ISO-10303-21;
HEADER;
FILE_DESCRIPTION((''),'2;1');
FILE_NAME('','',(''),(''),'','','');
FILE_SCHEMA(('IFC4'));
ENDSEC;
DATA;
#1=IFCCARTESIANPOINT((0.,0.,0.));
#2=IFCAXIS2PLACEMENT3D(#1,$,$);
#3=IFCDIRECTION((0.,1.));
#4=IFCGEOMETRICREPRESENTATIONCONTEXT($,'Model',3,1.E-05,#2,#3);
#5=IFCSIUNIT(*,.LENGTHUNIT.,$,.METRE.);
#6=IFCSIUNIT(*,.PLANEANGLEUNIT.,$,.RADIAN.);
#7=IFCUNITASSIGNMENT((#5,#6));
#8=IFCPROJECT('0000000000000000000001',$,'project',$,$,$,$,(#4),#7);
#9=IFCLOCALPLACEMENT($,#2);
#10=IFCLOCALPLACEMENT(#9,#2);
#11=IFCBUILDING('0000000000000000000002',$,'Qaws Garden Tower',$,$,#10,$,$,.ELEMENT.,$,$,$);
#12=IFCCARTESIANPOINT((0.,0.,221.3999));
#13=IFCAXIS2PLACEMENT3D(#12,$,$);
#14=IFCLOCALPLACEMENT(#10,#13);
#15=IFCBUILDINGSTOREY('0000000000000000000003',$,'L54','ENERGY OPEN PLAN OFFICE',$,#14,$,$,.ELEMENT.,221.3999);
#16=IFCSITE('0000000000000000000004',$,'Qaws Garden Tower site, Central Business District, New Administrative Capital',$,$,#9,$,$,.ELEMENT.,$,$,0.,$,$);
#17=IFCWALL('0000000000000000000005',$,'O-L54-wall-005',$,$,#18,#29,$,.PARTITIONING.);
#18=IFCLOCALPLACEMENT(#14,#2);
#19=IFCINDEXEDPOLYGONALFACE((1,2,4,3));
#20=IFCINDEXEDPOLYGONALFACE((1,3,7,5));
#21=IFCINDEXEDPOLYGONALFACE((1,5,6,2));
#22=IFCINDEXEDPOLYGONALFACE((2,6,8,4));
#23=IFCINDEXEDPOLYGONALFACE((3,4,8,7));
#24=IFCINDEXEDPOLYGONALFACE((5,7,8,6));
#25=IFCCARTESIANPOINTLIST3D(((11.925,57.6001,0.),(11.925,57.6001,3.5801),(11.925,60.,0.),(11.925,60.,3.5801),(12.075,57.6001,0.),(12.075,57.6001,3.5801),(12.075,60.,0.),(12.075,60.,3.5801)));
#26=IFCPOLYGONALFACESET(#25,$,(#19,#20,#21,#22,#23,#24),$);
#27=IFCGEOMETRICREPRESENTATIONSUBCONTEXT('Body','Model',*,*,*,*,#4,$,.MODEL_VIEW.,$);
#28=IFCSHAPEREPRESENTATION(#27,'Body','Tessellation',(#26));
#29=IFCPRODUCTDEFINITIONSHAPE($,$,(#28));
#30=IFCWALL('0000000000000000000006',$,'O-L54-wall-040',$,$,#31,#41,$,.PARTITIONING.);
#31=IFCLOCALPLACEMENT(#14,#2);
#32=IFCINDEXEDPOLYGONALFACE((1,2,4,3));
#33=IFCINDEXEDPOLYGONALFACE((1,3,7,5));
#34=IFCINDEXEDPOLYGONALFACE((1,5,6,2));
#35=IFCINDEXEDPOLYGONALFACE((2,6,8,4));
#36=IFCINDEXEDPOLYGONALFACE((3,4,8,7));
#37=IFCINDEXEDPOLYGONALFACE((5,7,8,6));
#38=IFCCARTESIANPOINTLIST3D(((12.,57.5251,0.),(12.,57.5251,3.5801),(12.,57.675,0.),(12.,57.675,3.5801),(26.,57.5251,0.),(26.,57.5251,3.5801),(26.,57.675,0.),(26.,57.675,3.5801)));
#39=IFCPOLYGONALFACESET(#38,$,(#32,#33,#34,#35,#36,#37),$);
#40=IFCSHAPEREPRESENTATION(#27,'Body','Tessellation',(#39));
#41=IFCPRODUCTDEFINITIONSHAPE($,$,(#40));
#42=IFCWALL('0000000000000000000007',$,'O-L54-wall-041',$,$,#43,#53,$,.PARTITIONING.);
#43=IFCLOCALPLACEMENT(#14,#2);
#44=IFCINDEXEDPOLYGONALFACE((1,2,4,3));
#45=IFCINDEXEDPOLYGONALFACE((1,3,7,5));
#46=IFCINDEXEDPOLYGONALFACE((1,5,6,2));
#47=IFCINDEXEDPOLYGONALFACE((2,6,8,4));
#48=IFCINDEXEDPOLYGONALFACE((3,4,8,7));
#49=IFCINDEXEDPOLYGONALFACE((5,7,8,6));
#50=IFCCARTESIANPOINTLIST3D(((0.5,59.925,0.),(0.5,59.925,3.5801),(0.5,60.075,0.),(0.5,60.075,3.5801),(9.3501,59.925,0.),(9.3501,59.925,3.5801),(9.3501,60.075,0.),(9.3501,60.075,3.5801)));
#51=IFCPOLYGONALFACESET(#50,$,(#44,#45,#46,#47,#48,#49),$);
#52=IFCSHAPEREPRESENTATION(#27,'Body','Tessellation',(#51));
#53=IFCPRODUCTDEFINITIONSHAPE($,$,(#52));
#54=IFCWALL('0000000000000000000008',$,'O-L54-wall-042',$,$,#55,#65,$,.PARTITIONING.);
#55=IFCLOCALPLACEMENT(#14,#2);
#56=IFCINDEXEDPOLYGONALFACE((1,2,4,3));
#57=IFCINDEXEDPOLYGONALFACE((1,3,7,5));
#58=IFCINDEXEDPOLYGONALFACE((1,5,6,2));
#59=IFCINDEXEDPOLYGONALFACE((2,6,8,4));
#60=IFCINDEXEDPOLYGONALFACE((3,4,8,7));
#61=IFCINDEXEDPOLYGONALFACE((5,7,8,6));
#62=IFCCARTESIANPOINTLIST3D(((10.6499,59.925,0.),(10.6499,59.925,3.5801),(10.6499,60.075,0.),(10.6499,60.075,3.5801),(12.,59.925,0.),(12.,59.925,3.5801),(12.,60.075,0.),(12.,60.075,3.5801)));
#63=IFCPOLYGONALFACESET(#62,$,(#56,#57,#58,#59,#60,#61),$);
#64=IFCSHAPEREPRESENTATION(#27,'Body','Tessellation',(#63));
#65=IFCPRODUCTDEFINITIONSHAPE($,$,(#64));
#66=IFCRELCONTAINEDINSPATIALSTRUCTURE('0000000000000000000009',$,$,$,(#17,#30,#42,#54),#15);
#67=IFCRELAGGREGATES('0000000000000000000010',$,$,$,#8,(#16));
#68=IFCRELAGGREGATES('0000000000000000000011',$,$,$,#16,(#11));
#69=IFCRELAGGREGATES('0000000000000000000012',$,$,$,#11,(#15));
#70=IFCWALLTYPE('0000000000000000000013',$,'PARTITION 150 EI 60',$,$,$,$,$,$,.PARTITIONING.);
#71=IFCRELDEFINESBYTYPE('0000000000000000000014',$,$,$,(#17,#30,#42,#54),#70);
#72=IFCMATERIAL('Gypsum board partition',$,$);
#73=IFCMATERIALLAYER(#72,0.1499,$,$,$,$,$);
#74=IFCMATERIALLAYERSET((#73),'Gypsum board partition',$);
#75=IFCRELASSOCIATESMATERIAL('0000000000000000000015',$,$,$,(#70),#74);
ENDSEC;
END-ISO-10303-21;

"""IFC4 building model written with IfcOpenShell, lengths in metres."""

from ifc_helpers import new_model, si_unit, direction, frame, frame_2d, origin, place, context, subcontext, project, spatial, rectangle, extrude, material, layer, layer_set, type_object, element, save


model = new_model("IFC4")

# Units and contexts
model_context = context("Model", 3, precision=1e-05, world=origin(), true_north=direction((0.0, 1.0)))
body_context = subcontext(model_context, "Body", "Model", "MODEL_VIEW")
ifc_project = project(units=[si_unit("LENGTHUNIT", "METRE"), si_unit("PLANEANGLEUNIT", "RADIAN")], contexts=[model_context])

# Site, building, storey
site_placement = place(None, origin())
site = spatial("IfcSite", under=ifc_project, at=site_placement, Name="Qaws Garden Tower site, Central Business District, New Administrative Capital", CompositionType="ELEMENT", RefElevation=0.0)
building_placement = place(site_placement, origin())
building = spatial("IfcBuilding", under=site, at=building_placement, Name="Qaws Garden Tower", CompositionType="ELEMENT")
storey_placement = place(building_placement, frame((0.0, 0.0, 221.3999)))
storey = spatial("IfcBuildingStorey", under=building, at=storey_placement, Name="L54", Description="ENERGY OPEN PLAN OFFICE", CompositionType="ELEMENT", Elevation=221.3999)

# Shared definitions
ifc_material_1 = material(Name="Gypsum board partition")
ifc_layer_1 = layer(ifc_material_1, 0.1499)
ifc_layer_set_1 = layer_set([ifc_layer_1], Name="Gypsum board partition")
wall_type_1 = type_object("IfcWallType", Name="PARTITION 150 EI 60", PredefinedType="PARTITIONING", material=ifc_layer_set_1)

# Walls
wall_1_placement = place(storey_placement, frame((12.0, 57.6001, 0.0), z_axis=(0.0, 0.0, 1.0), x_axis=(0.0, 1.0, 0.0)))
element("IfcWall", 1, at=wall_1_placement, inside=storey, type_object=wall_type_1, Name="O-L54-wall-005", PredefinedType="PARTITIONING", context=body_context, shape_type="SweptSolid", body=[
    extrude(rectangle(XDim=2.3999, YDim=0.1499, at=frame_2d((1.2, 0.0))), origin(), (0.0, 0.0, 1.0), 3.5801),
])
wall_2_placement = place(storey_placement, frame((12.0, 57.6001, 0.0), z_axis=(0.0, 0.0, 1.0), x_axis=(1.0, 0.0, 0.0)))
element("IfcWall", 2, at=wall_2_placement, inside=storey, type_object=wall_type_1, Name="O-L54-wall-040", PredefinedType="PARTITIONING", context=body_context, shape_type="SweptSolid", body=[
    extrude(rectangle(XDim=14.0, YDim=0.1499, at=frame_2d((7.0, 0.0))), origin(), (0.0, 0.0, 1.0), 3.5801),
])
wall_3_placement = place(storey_placement, frame((0.5, 60.0, 0.0), z_axis=(0.0, 0.0, 1.0), x_axis=(1.0, 0.0, 0.0)))
element("IfcWall", 3, at=wall_3_placement, inside=storey, type_object=wall_type_1, Name="O-L54-wall-041", PredefinedType="PARTITIONING", context=body_context, shape_type="SweptSolid", body=[
    extrude(rectangle(XDim=8.8501, YDim=0.1499, at=frame_2d((4.425, 0.0))), origin(), (0.0, 0.0, 1.0), 3.5801),
])
wall_4_placement = place(storey_placement, frame((10.6499, 60.0, 0.0), z_axis=(0.0, 0.0, 1.0), x_axis=(1.0, 0.0, 0.0)))
element("IfcWall", 4, at=wall_4_placement, inside=storey, type_object=wall_type_1, Name="O-L54-wall-042", PredefinedType="PARTITIONING", context=body_context, shape_type="SweptSolid", body=[
    extrude(rectangle(XDim=1.3501, YDim=0.1499, at=frame_2d((0.675, 0.0))), origin(), (0.0, 0.0, 1.0), 3.5801),
])

save(model, "model.ifc")
